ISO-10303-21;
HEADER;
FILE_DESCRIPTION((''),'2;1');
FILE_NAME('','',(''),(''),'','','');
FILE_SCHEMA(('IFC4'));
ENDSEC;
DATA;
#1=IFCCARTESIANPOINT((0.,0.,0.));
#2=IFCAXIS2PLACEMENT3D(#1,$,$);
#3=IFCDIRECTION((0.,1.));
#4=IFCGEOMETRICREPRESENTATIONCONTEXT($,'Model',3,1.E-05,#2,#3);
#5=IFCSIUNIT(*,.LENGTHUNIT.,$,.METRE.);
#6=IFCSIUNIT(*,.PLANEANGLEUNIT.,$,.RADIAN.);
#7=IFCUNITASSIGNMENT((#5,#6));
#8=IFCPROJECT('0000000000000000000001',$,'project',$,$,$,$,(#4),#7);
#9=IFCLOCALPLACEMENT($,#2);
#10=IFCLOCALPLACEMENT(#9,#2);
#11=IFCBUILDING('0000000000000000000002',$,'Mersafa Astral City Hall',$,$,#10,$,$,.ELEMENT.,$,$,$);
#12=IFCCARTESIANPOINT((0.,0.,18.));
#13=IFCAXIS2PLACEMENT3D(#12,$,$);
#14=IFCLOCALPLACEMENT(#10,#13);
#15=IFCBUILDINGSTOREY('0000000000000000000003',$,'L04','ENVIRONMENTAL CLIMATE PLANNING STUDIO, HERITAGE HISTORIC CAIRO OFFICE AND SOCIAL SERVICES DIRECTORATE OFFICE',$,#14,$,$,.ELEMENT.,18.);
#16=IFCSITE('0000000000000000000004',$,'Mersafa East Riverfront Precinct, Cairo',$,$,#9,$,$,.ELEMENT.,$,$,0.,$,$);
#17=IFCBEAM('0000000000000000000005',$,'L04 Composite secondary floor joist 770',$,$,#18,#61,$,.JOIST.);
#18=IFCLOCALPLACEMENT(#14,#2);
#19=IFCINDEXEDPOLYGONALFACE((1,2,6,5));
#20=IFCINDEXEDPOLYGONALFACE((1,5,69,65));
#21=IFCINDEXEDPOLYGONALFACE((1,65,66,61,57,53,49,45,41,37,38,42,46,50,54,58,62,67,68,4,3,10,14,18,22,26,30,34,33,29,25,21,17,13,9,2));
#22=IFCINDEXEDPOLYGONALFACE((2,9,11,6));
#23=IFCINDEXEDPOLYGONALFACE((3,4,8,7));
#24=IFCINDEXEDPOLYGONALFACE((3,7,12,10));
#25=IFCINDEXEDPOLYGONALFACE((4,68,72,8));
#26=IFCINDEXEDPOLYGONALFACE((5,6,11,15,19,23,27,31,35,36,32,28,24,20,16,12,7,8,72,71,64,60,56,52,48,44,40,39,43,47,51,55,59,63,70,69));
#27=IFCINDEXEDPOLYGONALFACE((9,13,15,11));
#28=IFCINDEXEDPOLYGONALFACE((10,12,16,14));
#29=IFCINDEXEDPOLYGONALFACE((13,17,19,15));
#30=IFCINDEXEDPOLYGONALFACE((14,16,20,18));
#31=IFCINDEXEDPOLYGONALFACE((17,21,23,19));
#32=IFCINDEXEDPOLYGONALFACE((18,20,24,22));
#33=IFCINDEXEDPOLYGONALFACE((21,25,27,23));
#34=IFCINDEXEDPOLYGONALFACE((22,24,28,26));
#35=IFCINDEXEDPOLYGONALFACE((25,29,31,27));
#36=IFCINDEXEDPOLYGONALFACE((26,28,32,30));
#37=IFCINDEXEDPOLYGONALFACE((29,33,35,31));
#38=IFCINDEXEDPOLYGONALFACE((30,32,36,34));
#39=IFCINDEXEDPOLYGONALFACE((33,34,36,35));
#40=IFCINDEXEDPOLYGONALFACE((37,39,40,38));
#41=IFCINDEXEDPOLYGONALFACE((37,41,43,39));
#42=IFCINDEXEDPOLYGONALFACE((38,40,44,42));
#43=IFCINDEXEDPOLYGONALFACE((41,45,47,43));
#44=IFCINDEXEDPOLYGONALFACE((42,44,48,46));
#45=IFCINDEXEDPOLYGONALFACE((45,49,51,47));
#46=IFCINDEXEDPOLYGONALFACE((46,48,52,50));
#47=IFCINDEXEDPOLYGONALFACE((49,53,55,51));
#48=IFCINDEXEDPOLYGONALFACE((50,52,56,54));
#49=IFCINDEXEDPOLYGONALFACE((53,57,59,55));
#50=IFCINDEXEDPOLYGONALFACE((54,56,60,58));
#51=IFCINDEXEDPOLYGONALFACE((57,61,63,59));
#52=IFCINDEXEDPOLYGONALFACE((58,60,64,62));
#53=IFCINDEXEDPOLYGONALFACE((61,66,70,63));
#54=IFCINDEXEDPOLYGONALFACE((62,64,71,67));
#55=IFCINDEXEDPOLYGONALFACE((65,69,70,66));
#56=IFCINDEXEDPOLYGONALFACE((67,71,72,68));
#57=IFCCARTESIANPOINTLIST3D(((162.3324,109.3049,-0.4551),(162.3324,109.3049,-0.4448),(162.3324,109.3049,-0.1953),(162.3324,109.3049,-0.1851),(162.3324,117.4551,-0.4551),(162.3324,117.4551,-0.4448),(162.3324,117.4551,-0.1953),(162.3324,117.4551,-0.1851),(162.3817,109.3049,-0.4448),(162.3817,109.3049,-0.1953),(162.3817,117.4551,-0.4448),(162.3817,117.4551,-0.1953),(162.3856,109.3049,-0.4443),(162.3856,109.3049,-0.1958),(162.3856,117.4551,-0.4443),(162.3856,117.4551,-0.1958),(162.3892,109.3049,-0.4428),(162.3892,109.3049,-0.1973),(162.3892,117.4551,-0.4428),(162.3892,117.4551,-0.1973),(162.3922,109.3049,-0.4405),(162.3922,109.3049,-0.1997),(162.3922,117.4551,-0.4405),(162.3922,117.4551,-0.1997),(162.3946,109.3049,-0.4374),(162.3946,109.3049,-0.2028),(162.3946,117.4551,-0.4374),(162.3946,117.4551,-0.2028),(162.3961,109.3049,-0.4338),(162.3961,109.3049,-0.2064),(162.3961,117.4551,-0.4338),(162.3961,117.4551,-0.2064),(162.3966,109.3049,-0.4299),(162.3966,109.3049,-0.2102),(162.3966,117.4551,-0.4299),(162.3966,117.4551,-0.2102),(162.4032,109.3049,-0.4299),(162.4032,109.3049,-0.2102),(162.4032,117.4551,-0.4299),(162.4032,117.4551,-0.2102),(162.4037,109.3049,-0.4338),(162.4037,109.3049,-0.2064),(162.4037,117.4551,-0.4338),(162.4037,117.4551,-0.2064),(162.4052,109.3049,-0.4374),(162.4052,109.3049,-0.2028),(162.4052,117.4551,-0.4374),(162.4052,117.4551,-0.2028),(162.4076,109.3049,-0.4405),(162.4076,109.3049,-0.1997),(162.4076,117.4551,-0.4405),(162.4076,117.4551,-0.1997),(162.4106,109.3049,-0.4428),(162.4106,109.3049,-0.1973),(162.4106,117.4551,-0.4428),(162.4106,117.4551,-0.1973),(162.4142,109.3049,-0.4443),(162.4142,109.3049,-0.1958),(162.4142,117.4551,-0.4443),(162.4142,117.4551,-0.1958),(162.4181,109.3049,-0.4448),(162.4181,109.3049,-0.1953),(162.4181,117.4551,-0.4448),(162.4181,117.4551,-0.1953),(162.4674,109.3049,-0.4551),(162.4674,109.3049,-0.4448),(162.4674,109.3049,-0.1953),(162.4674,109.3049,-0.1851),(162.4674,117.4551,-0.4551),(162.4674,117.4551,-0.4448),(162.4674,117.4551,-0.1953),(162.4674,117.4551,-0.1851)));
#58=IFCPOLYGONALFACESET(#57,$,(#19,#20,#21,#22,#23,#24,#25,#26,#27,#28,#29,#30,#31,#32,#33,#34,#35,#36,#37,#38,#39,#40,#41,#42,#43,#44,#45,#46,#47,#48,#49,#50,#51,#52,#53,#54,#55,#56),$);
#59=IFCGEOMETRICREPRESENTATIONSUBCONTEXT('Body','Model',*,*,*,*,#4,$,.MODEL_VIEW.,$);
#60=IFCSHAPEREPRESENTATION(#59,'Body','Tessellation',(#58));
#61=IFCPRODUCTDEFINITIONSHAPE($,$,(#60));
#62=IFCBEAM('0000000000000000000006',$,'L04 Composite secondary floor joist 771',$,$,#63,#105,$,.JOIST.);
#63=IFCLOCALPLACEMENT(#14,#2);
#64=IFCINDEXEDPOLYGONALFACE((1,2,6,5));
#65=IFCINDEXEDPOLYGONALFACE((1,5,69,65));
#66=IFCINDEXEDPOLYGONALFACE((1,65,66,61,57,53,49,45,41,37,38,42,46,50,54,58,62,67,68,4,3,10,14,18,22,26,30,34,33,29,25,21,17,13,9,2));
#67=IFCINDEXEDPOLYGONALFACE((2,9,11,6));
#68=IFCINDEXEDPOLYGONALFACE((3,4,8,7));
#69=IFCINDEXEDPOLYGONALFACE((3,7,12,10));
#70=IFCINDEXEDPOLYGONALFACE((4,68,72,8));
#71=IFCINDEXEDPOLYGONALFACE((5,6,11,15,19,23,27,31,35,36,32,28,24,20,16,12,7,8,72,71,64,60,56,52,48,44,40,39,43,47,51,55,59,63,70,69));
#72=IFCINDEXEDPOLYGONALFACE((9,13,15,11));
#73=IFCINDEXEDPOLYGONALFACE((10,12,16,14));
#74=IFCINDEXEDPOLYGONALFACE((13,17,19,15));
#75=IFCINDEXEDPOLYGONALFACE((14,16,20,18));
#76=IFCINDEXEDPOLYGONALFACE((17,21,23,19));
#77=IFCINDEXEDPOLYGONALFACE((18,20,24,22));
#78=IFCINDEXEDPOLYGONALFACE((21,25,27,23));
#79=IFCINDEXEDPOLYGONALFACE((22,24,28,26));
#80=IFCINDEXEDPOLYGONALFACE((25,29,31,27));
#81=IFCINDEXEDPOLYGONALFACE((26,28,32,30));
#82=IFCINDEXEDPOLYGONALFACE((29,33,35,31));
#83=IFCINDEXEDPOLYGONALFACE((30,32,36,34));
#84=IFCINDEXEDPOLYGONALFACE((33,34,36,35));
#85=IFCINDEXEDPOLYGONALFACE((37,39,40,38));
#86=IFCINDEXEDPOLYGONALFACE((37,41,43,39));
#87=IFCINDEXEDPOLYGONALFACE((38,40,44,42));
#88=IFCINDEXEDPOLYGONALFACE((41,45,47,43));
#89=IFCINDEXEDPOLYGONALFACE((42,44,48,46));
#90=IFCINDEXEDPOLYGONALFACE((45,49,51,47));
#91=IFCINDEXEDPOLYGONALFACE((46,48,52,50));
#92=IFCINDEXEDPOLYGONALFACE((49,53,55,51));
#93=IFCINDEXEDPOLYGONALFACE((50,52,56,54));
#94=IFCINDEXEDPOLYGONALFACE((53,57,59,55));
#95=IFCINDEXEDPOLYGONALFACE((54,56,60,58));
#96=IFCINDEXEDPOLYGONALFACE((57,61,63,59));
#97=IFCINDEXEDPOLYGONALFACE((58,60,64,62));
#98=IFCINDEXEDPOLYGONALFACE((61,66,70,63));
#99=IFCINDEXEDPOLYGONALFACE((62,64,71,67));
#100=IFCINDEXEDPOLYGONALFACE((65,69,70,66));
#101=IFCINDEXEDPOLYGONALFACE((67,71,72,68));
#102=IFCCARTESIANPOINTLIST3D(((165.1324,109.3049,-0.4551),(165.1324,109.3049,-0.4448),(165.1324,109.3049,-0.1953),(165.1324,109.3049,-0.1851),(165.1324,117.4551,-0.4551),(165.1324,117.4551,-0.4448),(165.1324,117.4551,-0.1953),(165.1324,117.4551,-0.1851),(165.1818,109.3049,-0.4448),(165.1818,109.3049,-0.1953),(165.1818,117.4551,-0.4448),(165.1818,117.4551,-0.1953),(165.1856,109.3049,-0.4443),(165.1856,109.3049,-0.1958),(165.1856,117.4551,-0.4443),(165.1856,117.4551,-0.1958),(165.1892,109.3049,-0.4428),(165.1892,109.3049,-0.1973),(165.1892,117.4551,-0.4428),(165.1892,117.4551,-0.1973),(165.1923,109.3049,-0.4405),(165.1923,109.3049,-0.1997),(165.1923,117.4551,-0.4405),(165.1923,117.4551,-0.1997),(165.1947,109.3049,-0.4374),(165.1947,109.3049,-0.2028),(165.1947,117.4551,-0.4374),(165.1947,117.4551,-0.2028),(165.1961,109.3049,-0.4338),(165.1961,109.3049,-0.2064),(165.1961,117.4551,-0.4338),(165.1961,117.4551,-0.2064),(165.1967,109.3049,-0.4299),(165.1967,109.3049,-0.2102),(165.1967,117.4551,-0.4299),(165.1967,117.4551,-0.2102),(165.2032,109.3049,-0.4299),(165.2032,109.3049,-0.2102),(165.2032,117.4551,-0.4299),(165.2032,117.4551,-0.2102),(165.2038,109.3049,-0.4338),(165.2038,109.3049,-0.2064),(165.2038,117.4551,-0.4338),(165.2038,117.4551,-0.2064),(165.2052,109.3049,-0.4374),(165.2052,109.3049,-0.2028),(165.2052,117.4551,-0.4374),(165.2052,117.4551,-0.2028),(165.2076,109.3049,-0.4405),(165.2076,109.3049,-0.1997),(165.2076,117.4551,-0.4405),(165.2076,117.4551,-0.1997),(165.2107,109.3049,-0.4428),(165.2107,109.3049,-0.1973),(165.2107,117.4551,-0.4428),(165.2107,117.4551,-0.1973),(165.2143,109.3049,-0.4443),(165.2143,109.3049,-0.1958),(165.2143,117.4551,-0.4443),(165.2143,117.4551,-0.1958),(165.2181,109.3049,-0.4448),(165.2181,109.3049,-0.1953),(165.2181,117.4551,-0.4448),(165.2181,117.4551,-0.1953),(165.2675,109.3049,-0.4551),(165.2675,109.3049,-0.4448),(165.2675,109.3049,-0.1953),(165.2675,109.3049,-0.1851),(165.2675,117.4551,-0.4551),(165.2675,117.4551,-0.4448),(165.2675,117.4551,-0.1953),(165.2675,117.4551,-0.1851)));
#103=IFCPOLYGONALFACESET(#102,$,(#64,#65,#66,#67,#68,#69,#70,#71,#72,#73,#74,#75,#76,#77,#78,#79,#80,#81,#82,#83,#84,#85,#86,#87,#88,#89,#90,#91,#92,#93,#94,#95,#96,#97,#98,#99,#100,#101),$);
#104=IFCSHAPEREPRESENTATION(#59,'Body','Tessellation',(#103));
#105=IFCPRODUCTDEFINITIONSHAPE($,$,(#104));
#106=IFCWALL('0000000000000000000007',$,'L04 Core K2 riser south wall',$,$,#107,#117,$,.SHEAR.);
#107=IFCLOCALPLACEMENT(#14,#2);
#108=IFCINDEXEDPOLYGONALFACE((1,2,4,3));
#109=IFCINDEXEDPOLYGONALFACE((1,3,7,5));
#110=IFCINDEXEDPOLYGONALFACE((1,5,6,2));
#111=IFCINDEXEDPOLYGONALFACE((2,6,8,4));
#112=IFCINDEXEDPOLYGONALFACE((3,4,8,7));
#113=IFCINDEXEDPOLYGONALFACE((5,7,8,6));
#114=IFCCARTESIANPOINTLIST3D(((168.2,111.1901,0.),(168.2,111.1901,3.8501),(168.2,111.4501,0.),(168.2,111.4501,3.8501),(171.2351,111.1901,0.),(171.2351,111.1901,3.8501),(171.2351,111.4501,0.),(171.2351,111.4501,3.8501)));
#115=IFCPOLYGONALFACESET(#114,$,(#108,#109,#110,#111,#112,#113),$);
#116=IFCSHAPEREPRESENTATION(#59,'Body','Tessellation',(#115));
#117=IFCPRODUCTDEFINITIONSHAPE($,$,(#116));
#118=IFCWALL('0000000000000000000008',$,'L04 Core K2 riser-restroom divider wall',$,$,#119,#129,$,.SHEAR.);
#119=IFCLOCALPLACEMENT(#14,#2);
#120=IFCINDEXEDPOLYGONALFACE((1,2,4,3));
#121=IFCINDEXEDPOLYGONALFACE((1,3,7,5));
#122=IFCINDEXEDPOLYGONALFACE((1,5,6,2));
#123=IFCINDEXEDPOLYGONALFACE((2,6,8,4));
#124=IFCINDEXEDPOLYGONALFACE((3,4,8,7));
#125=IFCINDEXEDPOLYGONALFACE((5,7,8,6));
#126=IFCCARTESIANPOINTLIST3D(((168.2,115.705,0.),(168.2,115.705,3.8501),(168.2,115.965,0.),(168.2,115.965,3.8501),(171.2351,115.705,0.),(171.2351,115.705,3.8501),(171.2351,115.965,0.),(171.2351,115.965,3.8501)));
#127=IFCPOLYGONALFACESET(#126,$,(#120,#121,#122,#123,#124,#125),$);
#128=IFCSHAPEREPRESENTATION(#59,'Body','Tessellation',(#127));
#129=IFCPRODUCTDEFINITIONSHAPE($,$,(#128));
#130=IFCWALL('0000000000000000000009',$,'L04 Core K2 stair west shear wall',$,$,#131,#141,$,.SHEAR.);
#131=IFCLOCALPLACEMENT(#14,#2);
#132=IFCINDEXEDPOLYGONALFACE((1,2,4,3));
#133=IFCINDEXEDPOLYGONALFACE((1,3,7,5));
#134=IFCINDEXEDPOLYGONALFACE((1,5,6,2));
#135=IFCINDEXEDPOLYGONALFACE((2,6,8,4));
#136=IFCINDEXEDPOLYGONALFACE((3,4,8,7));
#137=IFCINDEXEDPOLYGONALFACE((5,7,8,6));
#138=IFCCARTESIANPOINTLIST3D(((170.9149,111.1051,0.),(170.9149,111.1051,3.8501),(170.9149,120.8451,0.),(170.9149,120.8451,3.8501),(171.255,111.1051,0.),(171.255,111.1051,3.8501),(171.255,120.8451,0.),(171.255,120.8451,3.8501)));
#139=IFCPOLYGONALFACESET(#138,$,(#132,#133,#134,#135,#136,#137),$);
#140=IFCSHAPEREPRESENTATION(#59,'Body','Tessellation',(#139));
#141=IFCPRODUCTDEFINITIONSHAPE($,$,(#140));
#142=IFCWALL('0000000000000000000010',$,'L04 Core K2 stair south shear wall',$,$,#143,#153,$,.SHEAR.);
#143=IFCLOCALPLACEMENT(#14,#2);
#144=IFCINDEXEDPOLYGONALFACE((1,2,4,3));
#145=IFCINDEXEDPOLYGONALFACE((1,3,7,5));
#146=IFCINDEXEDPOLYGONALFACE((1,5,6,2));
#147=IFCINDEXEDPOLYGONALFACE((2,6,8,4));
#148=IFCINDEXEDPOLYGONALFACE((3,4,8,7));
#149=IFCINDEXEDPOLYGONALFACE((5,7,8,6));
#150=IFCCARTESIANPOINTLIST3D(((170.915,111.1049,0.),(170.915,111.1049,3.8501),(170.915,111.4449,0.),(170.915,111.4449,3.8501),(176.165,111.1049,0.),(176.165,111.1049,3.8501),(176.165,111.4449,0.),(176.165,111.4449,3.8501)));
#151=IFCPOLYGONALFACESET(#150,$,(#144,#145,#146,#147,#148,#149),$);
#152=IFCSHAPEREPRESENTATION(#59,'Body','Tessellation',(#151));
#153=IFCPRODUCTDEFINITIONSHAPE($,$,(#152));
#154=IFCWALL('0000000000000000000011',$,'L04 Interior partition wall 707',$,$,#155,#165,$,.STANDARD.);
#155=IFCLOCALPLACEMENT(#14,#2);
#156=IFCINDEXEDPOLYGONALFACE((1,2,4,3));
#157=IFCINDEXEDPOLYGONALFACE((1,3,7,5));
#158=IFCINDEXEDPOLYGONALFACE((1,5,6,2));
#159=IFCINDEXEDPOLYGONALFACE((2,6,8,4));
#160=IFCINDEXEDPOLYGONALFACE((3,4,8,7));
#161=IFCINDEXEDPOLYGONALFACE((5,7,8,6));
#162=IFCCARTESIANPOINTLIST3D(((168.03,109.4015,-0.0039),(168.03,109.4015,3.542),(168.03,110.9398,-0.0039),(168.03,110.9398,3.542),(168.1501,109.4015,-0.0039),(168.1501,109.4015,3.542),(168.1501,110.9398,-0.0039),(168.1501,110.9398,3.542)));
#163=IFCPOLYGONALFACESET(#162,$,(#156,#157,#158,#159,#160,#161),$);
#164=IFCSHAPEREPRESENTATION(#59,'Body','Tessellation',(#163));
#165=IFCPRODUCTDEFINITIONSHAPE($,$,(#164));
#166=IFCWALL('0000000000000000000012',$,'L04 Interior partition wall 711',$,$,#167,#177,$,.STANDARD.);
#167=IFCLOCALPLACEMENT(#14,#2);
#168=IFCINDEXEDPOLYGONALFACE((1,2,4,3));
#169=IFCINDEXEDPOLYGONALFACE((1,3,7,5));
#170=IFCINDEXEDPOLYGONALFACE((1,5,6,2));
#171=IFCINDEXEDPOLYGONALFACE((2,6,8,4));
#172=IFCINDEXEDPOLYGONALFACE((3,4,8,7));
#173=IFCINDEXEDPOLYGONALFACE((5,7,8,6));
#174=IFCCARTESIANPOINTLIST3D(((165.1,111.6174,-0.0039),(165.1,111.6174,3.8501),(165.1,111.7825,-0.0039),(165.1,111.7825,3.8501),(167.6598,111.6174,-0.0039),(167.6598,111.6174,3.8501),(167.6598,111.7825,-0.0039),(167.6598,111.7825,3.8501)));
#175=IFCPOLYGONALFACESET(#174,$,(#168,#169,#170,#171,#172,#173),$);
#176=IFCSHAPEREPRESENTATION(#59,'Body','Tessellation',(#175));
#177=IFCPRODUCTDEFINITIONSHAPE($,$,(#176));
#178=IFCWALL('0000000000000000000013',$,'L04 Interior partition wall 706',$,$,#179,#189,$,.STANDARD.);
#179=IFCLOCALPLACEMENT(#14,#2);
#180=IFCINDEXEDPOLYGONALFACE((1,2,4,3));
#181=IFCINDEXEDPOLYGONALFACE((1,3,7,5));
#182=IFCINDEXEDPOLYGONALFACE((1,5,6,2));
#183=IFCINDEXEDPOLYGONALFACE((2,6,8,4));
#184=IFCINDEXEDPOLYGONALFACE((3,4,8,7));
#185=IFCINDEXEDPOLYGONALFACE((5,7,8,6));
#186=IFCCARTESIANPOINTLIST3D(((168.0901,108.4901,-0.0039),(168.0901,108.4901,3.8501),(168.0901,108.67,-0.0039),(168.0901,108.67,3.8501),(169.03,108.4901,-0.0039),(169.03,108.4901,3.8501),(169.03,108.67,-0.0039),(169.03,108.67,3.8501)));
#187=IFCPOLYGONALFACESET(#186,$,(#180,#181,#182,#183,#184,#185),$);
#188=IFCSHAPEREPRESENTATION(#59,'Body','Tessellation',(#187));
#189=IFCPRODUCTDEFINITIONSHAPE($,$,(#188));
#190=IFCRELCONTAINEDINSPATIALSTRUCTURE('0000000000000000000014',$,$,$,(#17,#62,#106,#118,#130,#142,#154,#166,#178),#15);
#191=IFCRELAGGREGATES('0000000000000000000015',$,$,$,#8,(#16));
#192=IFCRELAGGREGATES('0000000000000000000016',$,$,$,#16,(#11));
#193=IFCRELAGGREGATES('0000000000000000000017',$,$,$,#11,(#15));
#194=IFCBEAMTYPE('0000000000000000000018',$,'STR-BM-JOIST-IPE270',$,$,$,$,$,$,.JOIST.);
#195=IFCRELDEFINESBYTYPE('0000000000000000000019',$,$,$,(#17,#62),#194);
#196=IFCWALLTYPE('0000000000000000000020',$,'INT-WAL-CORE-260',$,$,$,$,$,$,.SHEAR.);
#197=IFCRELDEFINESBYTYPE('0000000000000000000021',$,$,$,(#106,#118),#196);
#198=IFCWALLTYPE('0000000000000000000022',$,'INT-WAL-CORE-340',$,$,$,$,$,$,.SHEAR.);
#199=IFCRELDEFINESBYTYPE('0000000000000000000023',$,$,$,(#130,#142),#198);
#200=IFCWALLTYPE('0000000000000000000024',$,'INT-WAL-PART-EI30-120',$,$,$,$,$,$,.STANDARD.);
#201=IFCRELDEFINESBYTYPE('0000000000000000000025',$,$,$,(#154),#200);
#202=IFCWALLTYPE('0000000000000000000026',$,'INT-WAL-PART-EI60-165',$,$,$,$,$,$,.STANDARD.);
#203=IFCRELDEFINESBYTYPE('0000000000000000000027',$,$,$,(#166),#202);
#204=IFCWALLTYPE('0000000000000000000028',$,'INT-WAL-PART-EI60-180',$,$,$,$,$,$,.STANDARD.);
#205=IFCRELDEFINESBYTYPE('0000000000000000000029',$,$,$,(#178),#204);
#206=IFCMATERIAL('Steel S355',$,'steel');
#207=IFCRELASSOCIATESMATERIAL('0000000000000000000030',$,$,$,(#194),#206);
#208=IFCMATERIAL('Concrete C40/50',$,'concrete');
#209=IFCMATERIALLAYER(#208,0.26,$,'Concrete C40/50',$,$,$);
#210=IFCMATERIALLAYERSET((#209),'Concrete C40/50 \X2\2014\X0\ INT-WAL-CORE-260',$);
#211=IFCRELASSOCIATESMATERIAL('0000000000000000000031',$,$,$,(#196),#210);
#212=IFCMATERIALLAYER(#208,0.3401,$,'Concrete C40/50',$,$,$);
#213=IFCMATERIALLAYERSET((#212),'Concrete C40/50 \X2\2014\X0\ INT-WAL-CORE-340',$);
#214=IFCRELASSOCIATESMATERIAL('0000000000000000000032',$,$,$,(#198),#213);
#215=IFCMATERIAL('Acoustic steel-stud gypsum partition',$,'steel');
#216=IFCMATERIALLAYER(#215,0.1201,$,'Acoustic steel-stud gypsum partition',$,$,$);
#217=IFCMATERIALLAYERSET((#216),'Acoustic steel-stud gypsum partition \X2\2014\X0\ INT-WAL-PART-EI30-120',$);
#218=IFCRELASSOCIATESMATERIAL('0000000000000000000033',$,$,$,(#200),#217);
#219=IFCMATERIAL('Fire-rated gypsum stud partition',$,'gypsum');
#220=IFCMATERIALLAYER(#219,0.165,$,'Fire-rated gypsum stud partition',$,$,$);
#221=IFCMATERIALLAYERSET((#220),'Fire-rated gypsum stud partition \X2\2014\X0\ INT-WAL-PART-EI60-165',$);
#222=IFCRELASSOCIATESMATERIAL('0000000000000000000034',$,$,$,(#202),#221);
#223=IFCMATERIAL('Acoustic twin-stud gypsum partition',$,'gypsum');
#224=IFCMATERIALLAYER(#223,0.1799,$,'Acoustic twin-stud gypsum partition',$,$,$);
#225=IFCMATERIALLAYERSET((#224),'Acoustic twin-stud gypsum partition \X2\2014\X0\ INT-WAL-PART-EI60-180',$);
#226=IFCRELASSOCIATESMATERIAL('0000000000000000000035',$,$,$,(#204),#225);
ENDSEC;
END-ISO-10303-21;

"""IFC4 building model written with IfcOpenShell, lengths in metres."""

from ifc_helpers import new_model, si_unit, direction, frame, frame_2d, origin, origin_2d, place, context, subcontext, project, spatial, rectangle, i_section, extrude, material, layer, layer_set, material_profile, profile_set, type_object, element, save


model = new_model("IFC4")

# Units and contexts
model_context = context("Model", 3, precision=1e-05, world=origin(), true_north=direction((0.0, 1.0)))
body_context = subcontext(model_context, "Body", "Model", "MODEL_VIEW")
ifc_project = project(units=[si_unit("LENGTHUNIT", "METRE"), si_unit("PLANEANGLEUNIT", "RADIAN")], contexts=[model_context])

# Site, building, storey
site_placement = place(None, origin())
site = spatial("IfcSite", under=ifc_project, at=site_placement, Name="Mersafa East Riverfront Precinct, Cairo", CompositionType="ELEMENT", RefElevation=0.0)
building_placement = place(site_placement, origin())
building = spatial("IfcBuilding", under=site, at=building_placement, Name="Mersafa Astral City Hall", CompositionType="ELEMENT")
storey_placement = place(building_placement, frame((0.0, 0.0, 18.0)))
storey = spatial("IfcBuildingStorey", under=building, at=storey_placement, Name="L04", Description="ENVIRONMENTAL CLIMATE PLANNING STUDIO, HERITAGE HISTORIC CAIRO OFFICE AND SOCIAL SERVICES DIRECTORATE OFFICE", CompositionType="ELEMENT", Elevation=18.0)

# Shared definitions
ifc_material_1 = material(Name="Steel S355", Category="steel")

# Beams
ifc_material_profile_1 = material_profile(ifc_material_1, i_section(OverallWidth=0.135, OverallDepth=0.27, WebThickness=0.0066, FlangeThickness=0.0103, FilletRadius=0.0149, at=origin_2d()), Name="IPE 270")
ifc_profile_set_1 = profile_set([ifc_material_profile_1], Name="Steel S355")
beam_type_1 = type_object("IfcBeamType", Name="STR-BM-JOIST-IPE270", PredefinedType="JOIST", material=ifc_profile_set_1)
for number, where, z_axis, x_axis, name in (
    (1, (162.3999, 109.3049, -0.3201), (0.0, 1.0, 0.0), (-1.0, 0.0, 0.0), "L04 Composite secondary floor joist 770"),
    (2, (165.2, 109.3049, -0.3201), (0.0, 1.0, 0.0), (-1.0, 0.0, 0.0), "L04 Composite secondary floor joist 771"),
):
    element("IfcBeam", number, at=place(storey_placement, frame(where, z_axis=z_axis, x_axis=x_axis)), inside=storey, type_object=beam_type_1, Name=name, PredefinedType="JOIST", context=body_context, shape_type="SweptSolid", body=[
        extrude(i_section(OverallWidth=0.135, OverallDepth=0.27, WebThickness=0.0066, FlangeThickness=0.0103, FilletRadius=0.0149, at=origin_2d()), origin(), (0.0, 0.0, 1.0), 8.1501),
    ])

# Walls
ifc_material_2 = material(Name="Concrete C40/50", Category="concrete")
ifc_layer_1 = layer(ifc_material_2, 0.26, Name="Concrete C40/50")
ifc_layer_set_1 = layer_set([ifc_layer_1], Name="Concrete C40/50 — INT-WAL-CORE-260")
wall_type_1 = type_object("IfcWallType", Name="INT-WAL-CORE-260", PredefinedType="SHEAR", material=ifc_layer_set_1)
for number, where, z_axis, x_axis, name in (
    (3, (168.2, 111.3201, 0.0), (0.0, 0.0, 1.0), (1.0, 0.0, 0.0), "L04 Core K2 riser south wall"),
    (4, (168.2, 115.835, 0.0), (0.0, 0.0, 1.0), (1.0, 0.0, 0.0), "L04 Core K2 riser-restroom divider wall"),
):
    element("IfcWall", number, at=place(storey_placement, frame(where, z_axis=z_axis, x_axis=x_axis)), inside=storey, type_object=wall_type_1, Name=name, PredefinedType="SHEAR", context=body_context, shape_type="SweptSolid", body=[
        extrude(rectangle(XDim=3.0352, YDim=0.26, at=frame_2d((1.5176, 0.0))), origin(), (0.0, 0.0, 1.0), 3.8501),
    ])
ifc_layer_2 = layer(ifc_material_2, 0.3401, Name="Concrete C40/50")
ifc_layer_set_2 = layer_set([ifc_layer_2], Name="Concrete C40/50 — INT-WAL-CORE-340")
wall_type_2 = type_object("IfcWallType", Name="INT-WAL-CORE-340", PredefinedType="SHEAR", material=ifc_layer_set_2)
wall_1_placement = place(storey_placement, frame((171.085, 111.105, 0.0), z_axis=(0.0, 0.0, 1.0), x_axis=(0.0, 1.0, 0.0)))
element("IfcWall", 5, at=wall_1_placement, inside=storey, type_object=wall_type_2, Name="L04 Core K2 stair west shear wall", PredefinedType="SHEAR", context=body_context, shape_type="SweptSolid", body=[
    extrude(rectangle(XDim=9.74, YDim=0.3401, at=frame_2d((4.8701, 0.0))), origin(), (0.0, 0.0, 1.0), 3.8501),
])
wall_2_placement = place(storey_placement, frame((170.915, 111.2749, 0.0), z_axis=(0.0, 0.0, 1.0), x_axis=(1.0, 0.0, 0.0)))
element("IfcWall", 6, at=wall_2_placement, inside=storey, type_object=wall_type_2, Name="L04 Core K2 stair south shear wall", PredefinedType="SHEAR", context=body_context, shape_type="SweptSolid", body=[
    extrude(rectangle(XDim=5.25, YDim=0.3401, at=frame_2d((2.625, 0.0))), origin(), (0.0, 0.0, 1.0), 3.8501),
])
ifc_material_3 = material(Name="Acoustic steel-stud gypsum partition", Category="steel")
ifc_layer_3 = layer(ifc_material_3, 0.1201, Name="Acoustic steel-stud gypsum partition")
ifc_layer_set_3 = layer_set([ifc_layer_3], Name="Acoustic steel-stud gypsum partition — INT-WAL-PART-EI30-120")
wall_type_3 = type_object("IfcWallType", Name="INT-WAL-PART-EI30-120", PredefinedType="STANDARD", material=ifc_layer_set_3)
wall_3_placement = place(storey_placement, frame((168.0901, 109.4016, -0.0039), z_axis=(0.0, 0.0, 1.0), x_axis=(0.0, 1.0, 0.0)))
element("IfcWall", 7, at=wall_3_placement, inside=storey, type_object=wall_type_3, Name="L04 Interior partition wall 707", PredefinedType="STANDARD", context=body_context, shape_type="SweptSolid", body=[
    extrude(rectangle(XDim=1.5383, YDim=0.1201, at=frame_2d((0.769, 0.0))), origin(), (0.0, 0.0, 1.0), 3.5459),
])
ifc_material_4 = material(Name="Fire-rated gypsum stud partition", Category="gypsum")
ifc_layer_4 = layer(ifc_material_4, 0.165, Name="Fire-rated gypsum stud partition")
ifc_layer_set_4 = layer_set([ifc_layer_4], Name="Fire-rated gypsum stud partition — INT-WAL-PART-EI60-165")
wall_type_4 = type_object("IfcWallType", Name="INT-WAL-PART-EI60-165", PredefinedType="STANDARD", material=ifc_layer_set_4)
wall_4_placement = place(storey_placement, frame((165.1001, 111.7, -0.0039), z_axis=(0.0, 0.0, 1.0), x_axis=(1.0, 0.0, 0.0)))
element("IfcWall", 8, at=wall_4_placement, inside=storey, type_object=wall_type_4, Name="L04 Interior partition wall 711", PredefinedType="STANDARD", context=body_context, shape_type="SweptSolid", body=[
    extrude(rectangle(XDim=2.5598, YDim=0.165, at=frame_2d((1.2798, 0.0))), origin(), (0.0, 0.0, 1.0), 3.854),
])
ifc_material_5 = material(Name="Acoustic twin-stud gypsum partition", Category="gypsum")
ifc_layer_5 = layer(ifc_material_5, 0.1799, Name="Acoustic twin-stud gypsum partition")
ifc_layer_set_5 = layer_set([ifc_layer_5], Name="Acoustic twin-stud gypsum partition — INT-WAL-PART-EI60-180")
wall_type_5 = type_object("IfcWallType", Name="INT-WAL-PART-EI60-180", PredefinedType="STANDARD", material=ifc_layer_set_5)
wall_5_placement = place(storey_placement, frame((169.03, 108.5801, -0.0039), z_axis=(0.0, 0.0, 1.0), x_axis=(-1.0, 0.0, 0.0)))
element("IfcWall", 9, at=wall_5_placement, inside=storey, type_object=wall_type_5, Name="L04 Interior partition wall 706", PredefinedType="STANDARD", context=body_context, shape_type="SweptSolid", body=[
    extrude(rectangle(XDim=0.9399, YDim=0.1799, at=frame_2d((0.47, 0.0))), origin(), (0.0, 0.0, 1.0), 3.854),
])

save(model, "model.ifc")
